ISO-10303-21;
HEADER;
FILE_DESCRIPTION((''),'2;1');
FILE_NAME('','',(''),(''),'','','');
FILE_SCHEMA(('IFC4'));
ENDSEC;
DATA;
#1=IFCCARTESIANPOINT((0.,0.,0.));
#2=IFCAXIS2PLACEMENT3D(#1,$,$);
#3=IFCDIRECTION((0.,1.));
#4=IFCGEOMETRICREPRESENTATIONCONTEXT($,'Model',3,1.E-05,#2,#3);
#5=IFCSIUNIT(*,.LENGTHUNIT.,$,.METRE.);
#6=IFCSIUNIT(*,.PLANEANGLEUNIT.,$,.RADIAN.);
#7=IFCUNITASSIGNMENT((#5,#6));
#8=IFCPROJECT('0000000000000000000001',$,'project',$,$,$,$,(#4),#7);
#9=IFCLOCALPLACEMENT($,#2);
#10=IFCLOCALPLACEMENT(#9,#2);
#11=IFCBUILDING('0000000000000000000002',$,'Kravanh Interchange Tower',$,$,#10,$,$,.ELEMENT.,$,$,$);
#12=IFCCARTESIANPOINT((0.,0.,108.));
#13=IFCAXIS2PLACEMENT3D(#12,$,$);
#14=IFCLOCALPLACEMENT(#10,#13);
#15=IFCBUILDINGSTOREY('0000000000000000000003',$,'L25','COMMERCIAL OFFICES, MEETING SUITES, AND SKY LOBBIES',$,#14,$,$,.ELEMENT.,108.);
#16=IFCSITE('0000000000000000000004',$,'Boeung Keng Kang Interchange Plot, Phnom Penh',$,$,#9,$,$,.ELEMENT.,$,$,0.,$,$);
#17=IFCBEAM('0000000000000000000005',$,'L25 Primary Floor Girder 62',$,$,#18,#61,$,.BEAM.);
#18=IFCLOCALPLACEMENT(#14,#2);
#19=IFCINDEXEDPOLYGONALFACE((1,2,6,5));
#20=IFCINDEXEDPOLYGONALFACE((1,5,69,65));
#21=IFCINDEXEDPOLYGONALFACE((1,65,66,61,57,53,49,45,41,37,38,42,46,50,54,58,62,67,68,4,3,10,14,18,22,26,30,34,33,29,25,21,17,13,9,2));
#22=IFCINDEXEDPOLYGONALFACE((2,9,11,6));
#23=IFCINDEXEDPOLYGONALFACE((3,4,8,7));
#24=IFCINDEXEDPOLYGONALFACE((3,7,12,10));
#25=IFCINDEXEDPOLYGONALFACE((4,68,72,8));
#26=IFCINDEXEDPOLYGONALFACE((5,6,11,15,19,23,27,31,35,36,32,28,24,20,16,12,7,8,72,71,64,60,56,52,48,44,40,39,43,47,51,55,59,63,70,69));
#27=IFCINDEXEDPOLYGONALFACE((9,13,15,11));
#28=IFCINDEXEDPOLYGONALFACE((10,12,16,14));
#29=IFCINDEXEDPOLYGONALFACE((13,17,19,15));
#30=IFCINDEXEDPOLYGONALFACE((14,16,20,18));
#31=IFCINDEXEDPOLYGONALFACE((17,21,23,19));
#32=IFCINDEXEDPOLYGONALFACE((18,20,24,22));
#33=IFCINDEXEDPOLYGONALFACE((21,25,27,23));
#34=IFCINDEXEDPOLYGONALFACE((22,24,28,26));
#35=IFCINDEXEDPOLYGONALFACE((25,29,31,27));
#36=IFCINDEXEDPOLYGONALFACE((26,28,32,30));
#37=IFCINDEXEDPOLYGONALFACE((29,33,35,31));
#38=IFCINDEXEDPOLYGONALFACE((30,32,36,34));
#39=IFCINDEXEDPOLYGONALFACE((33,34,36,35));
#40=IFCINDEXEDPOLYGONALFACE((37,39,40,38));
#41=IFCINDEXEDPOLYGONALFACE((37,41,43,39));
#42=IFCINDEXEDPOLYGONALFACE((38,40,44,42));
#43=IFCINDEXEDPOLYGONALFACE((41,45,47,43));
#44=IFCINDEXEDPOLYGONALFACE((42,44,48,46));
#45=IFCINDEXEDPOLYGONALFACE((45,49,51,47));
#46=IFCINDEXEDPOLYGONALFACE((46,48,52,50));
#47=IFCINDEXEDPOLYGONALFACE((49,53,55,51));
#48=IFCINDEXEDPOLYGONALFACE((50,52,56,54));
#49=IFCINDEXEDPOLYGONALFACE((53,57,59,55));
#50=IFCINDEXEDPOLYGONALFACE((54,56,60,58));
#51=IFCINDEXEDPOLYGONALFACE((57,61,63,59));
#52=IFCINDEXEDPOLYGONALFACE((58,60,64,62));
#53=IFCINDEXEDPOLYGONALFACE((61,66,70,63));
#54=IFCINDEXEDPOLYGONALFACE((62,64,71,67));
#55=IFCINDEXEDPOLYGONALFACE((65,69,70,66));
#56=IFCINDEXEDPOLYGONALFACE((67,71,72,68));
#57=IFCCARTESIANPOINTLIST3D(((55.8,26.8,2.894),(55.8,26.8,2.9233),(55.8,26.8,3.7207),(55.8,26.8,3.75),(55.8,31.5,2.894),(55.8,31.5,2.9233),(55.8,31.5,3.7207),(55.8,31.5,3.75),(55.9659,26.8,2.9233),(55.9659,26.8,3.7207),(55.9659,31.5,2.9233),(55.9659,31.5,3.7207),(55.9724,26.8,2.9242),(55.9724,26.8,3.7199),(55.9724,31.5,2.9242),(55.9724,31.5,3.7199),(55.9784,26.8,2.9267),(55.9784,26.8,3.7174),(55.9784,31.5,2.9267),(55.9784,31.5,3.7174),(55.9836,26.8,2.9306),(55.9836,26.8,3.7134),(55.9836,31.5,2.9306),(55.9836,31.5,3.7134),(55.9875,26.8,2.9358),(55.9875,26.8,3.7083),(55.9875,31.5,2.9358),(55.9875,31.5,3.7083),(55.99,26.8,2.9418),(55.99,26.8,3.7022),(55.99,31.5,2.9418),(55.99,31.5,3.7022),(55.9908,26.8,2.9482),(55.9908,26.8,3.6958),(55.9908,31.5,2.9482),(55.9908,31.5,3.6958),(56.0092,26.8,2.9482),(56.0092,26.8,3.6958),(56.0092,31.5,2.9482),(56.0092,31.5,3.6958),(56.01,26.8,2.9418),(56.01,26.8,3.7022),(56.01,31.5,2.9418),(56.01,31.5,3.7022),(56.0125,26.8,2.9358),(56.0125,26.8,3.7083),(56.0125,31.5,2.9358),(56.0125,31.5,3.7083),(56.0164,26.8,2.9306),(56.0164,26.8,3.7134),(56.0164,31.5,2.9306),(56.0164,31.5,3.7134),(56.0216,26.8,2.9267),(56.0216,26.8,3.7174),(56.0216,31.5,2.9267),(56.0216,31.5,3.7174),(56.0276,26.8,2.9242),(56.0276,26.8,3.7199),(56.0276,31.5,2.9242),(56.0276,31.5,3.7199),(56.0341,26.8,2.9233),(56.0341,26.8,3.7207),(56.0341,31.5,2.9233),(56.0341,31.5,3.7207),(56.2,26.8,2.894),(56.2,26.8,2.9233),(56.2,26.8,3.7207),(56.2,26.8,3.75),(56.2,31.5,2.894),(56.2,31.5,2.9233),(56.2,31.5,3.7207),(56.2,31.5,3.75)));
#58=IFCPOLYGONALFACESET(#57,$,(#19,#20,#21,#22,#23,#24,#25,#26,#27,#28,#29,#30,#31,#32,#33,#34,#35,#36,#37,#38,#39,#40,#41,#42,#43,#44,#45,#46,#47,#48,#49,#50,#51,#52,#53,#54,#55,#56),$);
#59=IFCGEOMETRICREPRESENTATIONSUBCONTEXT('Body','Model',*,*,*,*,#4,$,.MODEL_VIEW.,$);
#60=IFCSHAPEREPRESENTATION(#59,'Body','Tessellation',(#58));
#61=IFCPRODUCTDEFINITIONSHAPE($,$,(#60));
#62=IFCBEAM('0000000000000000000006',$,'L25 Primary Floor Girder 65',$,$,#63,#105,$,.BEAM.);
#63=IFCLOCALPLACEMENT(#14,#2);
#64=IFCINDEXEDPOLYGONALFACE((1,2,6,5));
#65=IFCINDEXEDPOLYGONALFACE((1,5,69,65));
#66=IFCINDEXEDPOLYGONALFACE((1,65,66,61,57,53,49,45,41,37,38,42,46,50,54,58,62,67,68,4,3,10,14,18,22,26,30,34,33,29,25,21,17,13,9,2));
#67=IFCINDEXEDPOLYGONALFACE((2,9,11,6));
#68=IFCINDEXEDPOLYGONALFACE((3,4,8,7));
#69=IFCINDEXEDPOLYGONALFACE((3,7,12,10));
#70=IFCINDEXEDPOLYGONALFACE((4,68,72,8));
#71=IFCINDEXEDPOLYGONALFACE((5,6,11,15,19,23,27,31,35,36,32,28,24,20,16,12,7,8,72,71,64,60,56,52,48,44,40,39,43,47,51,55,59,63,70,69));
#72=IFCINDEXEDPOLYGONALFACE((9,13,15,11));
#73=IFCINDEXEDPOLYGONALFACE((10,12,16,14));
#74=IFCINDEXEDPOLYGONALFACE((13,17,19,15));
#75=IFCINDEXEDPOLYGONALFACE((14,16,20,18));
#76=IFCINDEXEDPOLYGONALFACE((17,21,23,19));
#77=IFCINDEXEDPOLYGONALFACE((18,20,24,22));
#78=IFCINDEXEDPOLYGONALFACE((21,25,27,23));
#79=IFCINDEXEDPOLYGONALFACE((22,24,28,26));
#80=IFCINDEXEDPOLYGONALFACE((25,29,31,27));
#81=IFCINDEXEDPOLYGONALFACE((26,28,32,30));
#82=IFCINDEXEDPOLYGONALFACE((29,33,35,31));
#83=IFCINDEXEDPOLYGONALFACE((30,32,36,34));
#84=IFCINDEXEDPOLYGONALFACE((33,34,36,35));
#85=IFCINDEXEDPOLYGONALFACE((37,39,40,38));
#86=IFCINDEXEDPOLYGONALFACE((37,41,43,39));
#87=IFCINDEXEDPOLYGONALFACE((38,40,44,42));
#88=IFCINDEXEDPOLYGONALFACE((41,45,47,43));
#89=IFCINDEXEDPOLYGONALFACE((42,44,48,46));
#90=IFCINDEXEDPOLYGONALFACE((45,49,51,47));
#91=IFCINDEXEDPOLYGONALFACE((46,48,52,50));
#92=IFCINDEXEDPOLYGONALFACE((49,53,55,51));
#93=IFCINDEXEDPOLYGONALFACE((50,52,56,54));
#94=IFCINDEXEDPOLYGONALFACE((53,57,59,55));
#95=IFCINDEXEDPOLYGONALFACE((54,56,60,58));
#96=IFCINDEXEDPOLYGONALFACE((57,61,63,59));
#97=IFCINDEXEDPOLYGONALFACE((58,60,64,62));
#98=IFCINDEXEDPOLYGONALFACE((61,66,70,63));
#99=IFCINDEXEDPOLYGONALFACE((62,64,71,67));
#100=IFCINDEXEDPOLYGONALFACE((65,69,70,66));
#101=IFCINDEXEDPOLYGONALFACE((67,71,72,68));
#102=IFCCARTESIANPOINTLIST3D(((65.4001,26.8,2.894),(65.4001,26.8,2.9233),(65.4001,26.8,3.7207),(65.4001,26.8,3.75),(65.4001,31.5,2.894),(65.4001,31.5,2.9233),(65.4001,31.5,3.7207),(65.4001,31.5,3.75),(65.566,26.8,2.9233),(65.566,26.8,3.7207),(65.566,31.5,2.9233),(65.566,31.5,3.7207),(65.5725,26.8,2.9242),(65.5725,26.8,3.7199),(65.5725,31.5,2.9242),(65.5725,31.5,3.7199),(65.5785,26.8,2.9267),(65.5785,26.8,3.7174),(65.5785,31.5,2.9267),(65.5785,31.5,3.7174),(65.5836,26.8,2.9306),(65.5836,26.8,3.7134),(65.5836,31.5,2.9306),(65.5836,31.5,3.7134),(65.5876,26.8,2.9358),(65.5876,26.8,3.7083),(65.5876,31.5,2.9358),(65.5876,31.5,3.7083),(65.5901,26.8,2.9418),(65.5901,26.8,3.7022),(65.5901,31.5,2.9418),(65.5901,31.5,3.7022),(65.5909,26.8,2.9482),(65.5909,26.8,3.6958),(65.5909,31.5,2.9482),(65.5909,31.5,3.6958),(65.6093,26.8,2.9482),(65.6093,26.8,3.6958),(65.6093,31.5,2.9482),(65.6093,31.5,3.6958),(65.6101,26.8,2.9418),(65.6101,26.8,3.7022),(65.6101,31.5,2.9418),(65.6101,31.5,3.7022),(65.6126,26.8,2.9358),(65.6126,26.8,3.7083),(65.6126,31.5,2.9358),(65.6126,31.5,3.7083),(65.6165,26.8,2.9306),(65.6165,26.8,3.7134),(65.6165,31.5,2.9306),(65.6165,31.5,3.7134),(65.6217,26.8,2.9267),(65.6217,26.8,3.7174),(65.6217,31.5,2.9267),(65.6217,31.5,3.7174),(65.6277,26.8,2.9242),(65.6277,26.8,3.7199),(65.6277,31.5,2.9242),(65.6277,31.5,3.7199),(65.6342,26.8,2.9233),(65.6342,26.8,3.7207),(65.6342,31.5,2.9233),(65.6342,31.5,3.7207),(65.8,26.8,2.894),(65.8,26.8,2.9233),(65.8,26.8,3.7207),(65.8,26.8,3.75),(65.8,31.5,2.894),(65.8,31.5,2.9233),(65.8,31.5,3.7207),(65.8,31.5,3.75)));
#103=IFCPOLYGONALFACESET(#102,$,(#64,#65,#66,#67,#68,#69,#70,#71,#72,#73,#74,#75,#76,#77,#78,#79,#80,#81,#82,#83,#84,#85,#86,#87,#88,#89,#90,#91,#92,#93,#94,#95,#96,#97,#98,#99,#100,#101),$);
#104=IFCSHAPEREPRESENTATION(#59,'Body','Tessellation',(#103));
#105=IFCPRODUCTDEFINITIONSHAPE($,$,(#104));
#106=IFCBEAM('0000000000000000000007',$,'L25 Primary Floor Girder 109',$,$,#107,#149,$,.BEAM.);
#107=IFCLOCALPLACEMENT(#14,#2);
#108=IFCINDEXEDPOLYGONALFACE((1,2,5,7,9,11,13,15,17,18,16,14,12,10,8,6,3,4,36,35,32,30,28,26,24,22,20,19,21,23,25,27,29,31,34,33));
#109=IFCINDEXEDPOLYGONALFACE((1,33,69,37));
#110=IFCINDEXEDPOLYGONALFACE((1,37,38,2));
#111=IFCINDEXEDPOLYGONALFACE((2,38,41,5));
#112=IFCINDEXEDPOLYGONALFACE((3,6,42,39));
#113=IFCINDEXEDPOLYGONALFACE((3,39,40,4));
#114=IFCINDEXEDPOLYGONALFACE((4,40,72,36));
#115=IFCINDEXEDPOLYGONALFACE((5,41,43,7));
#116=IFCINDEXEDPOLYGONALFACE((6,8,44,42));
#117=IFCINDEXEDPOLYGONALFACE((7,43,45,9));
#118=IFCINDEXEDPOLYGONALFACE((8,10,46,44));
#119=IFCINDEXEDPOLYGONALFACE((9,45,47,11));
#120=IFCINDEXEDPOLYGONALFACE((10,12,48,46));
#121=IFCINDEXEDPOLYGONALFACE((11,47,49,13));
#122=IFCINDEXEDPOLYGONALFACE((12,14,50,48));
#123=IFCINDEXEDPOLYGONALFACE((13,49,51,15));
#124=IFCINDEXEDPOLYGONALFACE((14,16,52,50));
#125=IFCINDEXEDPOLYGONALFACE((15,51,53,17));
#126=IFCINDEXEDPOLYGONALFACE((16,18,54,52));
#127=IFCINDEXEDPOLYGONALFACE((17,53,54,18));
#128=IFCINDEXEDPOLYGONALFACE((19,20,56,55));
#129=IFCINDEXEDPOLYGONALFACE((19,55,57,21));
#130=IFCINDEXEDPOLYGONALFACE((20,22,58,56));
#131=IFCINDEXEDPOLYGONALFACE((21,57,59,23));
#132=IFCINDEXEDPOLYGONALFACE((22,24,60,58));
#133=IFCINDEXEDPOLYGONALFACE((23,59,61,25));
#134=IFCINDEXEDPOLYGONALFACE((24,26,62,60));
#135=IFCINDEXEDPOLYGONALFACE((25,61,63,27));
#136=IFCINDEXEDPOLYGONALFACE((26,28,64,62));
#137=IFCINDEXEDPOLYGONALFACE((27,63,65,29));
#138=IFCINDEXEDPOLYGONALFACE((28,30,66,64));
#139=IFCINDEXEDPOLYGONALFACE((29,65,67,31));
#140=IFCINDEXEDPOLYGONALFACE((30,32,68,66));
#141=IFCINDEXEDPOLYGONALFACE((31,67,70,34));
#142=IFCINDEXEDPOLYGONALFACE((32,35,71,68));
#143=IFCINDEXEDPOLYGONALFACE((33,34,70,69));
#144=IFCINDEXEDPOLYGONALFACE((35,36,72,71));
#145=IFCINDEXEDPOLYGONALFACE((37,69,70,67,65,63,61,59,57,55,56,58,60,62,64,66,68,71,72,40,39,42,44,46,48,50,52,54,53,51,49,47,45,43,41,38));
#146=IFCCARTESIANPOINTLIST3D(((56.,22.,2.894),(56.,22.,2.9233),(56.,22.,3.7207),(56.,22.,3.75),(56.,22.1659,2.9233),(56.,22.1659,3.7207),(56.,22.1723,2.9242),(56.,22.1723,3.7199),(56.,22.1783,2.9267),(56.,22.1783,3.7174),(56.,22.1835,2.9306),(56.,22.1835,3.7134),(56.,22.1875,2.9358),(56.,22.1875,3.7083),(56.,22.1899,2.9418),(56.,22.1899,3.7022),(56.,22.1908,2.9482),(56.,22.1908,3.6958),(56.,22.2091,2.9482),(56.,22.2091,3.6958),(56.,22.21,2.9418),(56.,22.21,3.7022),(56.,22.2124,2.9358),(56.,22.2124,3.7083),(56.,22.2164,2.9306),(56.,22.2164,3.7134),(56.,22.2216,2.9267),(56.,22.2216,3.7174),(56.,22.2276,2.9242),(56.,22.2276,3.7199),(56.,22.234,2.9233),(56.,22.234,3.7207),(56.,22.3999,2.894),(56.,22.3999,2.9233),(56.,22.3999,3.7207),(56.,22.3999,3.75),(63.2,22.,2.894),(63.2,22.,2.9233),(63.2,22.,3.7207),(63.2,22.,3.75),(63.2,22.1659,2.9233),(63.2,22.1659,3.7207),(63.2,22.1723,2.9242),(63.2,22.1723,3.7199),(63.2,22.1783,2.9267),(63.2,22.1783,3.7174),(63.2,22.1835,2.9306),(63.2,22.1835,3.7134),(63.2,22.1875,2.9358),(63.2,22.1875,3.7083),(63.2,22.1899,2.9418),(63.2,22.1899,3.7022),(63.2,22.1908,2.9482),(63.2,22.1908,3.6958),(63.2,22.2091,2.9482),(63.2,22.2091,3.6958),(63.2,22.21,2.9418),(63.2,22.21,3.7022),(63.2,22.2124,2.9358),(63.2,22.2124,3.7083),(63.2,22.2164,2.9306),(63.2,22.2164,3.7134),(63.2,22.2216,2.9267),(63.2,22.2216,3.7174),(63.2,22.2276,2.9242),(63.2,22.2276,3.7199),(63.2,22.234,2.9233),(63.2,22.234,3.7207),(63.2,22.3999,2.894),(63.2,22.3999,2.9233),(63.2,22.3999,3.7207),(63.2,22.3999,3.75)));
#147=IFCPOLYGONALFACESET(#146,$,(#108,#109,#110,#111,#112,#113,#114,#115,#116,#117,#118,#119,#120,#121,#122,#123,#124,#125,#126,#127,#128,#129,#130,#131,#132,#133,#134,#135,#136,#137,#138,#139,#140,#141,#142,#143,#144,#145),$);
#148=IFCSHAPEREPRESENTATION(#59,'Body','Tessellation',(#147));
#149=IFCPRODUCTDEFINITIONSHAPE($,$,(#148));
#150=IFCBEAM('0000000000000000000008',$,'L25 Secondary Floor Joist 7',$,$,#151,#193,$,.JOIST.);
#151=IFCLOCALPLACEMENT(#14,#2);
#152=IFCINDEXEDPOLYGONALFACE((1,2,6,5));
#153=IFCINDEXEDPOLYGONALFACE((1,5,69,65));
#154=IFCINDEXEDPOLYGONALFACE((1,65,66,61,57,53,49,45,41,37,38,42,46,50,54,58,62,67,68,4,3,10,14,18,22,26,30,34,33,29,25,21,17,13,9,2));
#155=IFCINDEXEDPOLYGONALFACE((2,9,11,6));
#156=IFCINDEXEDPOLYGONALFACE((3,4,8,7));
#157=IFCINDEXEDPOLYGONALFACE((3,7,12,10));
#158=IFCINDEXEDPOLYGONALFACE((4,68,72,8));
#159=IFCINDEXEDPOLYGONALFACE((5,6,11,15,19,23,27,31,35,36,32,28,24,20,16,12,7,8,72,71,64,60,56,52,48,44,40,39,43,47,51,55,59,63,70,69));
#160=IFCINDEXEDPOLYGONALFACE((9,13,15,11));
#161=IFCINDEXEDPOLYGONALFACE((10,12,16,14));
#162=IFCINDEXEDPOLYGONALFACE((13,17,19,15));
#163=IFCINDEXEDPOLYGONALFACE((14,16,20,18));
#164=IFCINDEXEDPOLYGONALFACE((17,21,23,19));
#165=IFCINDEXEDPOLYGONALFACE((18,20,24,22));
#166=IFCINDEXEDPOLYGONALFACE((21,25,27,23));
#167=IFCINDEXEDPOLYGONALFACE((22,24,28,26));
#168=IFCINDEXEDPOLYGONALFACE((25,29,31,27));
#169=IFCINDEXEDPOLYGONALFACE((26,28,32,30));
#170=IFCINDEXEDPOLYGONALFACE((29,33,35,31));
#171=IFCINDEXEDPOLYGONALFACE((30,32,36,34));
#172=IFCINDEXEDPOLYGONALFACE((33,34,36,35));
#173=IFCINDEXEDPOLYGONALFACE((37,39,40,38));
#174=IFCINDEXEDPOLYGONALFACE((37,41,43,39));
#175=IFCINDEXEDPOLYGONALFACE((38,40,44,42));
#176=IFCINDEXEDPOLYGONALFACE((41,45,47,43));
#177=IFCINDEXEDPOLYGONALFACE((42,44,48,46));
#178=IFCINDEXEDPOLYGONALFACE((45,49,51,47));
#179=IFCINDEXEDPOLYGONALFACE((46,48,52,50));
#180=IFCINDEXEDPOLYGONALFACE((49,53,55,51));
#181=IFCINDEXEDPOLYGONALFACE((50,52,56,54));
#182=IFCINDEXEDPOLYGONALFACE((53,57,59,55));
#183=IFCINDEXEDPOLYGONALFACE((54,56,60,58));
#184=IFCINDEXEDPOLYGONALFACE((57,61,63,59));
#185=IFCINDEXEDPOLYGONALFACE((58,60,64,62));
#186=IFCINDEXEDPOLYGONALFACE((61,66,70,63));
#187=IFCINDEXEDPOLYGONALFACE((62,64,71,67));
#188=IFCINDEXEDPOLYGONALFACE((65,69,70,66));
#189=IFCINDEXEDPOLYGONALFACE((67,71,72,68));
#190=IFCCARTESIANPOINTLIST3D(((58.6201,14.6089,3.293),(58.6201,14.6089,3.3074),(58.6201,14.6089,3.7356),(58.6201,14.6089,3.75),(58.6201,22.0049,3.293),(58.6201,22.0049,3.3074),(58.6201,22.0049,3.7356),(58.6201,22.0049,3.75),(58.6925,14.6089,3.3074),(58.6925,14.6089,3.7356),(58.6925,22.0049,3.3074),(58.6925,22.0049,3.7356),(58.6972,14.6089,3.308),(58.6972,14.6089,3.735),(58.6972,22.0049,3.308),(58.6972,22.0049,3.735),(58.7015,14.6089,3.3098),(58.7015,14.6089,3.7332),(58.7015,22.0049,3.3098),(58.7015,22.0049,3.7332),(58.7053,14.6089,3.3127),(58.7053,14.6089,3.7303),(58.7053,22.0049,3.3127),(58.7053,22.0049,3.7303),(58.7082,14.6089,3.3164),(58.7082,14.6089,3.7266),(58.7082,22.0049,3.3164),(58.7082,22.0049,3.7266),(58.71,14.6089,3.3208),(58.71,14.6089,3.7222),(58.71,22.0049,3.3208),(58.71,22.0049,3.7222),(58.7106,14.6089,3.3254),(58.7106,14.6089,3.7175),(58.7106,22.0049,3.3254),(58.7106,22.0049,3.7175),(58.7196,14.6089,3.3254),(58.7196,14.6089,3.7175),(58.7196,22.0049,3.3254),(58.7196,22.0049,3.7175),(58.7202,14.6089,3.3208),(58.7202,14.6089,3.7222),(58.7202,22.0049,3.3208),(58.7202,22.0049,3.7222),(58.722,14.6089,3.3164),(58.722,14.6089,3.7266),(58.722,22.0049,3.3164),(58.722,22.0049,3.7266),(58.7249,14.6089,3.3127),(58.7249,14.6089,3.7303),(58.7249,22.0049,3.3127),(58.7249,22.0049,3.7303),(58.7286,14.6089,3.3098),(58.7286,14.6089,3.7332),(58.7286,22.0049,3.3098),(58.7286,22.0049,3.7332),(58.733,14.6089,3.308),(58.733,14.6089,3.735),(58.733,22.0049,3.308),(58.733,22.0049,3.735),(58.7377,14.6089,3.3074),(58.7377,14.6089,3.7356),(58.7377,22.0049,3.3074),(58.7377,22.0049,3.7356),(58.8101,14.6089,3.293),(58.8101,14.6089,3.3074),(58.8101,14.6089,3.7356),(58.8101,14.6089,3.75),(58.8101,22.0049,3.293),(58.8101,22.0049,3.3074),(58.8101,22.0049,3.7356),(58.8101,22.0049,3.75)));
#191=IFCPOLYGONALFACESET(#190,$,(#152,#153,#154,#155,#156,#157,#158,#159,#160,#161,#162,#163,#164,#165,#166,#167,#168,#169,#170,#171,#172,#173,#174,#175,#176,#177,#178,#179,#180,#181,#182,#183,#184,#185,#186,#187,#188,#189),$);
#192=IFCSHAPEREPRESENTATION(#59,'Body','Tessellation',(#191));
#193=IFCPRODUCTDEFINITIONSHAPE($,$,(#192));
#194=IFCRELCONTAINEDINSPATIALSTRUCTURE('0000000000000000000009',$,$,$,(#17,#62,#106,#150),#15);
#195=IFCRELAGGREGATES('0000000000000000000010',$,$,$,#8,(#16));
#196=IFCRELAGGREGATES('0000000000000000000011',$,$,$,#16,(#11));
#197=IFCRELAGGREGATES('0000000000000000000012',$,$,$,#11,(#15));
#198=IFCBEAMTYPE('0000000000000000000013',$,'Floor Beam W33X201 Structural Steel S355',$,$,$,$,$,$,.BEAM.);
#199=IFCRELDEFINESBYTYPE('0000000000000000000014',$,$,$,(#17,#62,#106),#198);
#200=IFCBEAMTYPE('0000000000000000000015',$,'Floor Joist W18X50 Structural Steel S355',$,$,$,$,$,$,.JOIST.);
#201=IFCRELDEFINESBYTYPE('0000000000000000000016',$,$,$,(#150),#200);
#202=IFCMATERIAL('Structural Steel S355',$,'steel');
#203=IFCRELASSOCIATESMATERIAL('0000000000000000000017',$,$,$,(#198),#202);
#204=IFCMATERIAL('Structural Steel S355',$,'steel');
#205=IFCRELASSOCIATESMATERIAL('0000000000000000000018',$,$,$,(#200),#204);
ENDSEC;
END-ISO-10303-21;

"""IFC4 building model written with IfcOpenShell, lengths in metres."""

from ifc_helpers import new_model, si_unit, direction, frame, origin, origin_2d, place, context, subcontext, project, spatial, i_section, extrude, material, material_profile, profile_set, type_object, element, save


model = new_model("IFC4")

# Units and contexts
model_context = context("Model", 3, precision=1e-05, world=origin(), true_north=direction((0.0, 1.0)))
body_context = subcontext(model_context, "Body", "Model", "MODEL_VIEW")
ifc_project = project(units=[si_unit("LENGTHUNIT", "METRE"), si_unit("PLANEANGLEUNIT", "RADIAN")], contexts=[model_context])

# Site, building, storey
site_placement = place(None, origin())
site = spatial("IfcSite", under=ifc_project, at=site_placement, Name="Boeung Keng Kang Interchange Plot, Phnom Penh", CompositionType="ELEMENT", RefElevation=0.0)
building_placement = place(site_placement, origin())
building = spatial("IfcBuilding", under=site, at=building_placement, Name="Kravanh Interchange Tower", CompositionType="ELEMENT")
storey_placement = place(building_placement, frame((0.0, 0.0, 108.0)))
storey = spatial("IfcBuildingStorey", under=building, at=storey_placement, Name="L25", Description="COMMERCIAL OFFICES, MEETING SUITES, AND SKY LOBBIES", CompositionType="ELEMENT", Elevation=108.0)

# Beams
ifc_material_1 = material(Name="Structural Steel S355", Category="steel")
ifc_material_profile_1 = material_profile(ifc_material_1, i_section(OverallWidth=0.3999, OverallDepth=0.856, WebThickness=0.0183, FlangeThickness=0.0293, FilletRadius=0.0249, at=origin_2d()), Name="W33X201")
ifc_profile_set_1 = profile_set([ifc_material_profile_1], Name="Structural Steel S355")
beam_type_1 = type_object("IfcBeamType", Name="Floor Beam W33X201 Structural Steel S355", PredefinedType="BEAM", material=ifc_profile_set_1)
for number, where, z_axis, x_axis, name in (
    (1, (56.0, 26.8, 3.322), (0.0, 1.0, 0.0), (-1.0, 0.0, 0.0), "L25 Primary Floor Girder 62"),
    (2, (65.6001, 26.8, 3.322), (0.0, 1.0, 0.0), (-1.0, 0.0, 0.0), "L25 Primary Floor Girder 65"),
):
    element("IfcBeam", number, at=place(storey_placement, frame(where, z_axis=z_axis, x_axis=x_axis)), inside=storey, type_object=beam_type_1, Name=name, PredefinedType="BEAM", context=body_context, shape_type="SweptSolid", body=[
        extrude(i_section(OverallWidth=0.3999, OverallDepth=0.856, WebThickness=0.0183, FlangeThickness=0.0293, FilletRadius=0.0249, at=origin_2d()), origin(), (0.0, 0.0, 1.0), 4.7),
    ])
beam_1_placement = place(storey_placement, frame((56.0, 22.2, 3.322), z_axis=(1.0, 0.0, 0.0), x_axis=(0.0, 1.0, 0.0)))
element("IfcBeam", 3, at=beam_1_placement, inside=storey, type_object=beam_type_1, Name="L25 Primary Floor Girder 109", PredefinedType="BEAM", context=body_context, shape_type="SweptSolid", body=[
    extrude(i_section(OverallWidth=0.3999, OverallDepth=0.856, WebThickness=0.0183, FlangeThickness=0.0293, FilletRadius=0.0249, at=origin_2d()), origin(), (0.0, 0.0, 1.0), 7.2),
])
ifc_material_2 = material(Name="Structural Steel S355", Category="steel")
ifc_material_profile_2 = material_profile(ifc_material_2, i_section(OverallWidth=0.1899, OverallDepth=0.457, WebThickness=0.009, FlangeThickness=0.0144, FilletRadius=0.0181, at=origin_2d()), Name="W18X50")
ifc_profile_set_2 = profile_set([ifc_material_profile_2], Name="Structural Steel S355")
beam_type_2 = type_object("IfcBeamType", Name="Floor Joist W18X50 Structural Steel S355", PredefinedType="JOIST", material=ifc_profile_set_2)
for number, where, z_axis, x_axis, name in (
    (4, (58.7151, 14.6089, 3.5215), (0.0, 1.0, 0.0), (-1.0, 0.0, 0.0), "L25 Secondary Floor Joist 7"),
):
    element("IfcBeam", number, at=place(storey_placement, frame(where, z_axis=z_axis, x_axis=x_axis)), inside=storey, type_object=beam_type_2, Name=name, PredefinedType="JOIST", context=body_context, shape_type="SweptSolid", body=[
        extrude(i_section(OverallWidth=0.1899, OverallDepth=0.457, WebThickness=0.009, FlangeThickness=0.0144, FilletRadius=0.0181, at=origin_2d()), origin(), (0.0, 0.0, 1.0), 7.396),
    ])

save(model, "model.ifc")
